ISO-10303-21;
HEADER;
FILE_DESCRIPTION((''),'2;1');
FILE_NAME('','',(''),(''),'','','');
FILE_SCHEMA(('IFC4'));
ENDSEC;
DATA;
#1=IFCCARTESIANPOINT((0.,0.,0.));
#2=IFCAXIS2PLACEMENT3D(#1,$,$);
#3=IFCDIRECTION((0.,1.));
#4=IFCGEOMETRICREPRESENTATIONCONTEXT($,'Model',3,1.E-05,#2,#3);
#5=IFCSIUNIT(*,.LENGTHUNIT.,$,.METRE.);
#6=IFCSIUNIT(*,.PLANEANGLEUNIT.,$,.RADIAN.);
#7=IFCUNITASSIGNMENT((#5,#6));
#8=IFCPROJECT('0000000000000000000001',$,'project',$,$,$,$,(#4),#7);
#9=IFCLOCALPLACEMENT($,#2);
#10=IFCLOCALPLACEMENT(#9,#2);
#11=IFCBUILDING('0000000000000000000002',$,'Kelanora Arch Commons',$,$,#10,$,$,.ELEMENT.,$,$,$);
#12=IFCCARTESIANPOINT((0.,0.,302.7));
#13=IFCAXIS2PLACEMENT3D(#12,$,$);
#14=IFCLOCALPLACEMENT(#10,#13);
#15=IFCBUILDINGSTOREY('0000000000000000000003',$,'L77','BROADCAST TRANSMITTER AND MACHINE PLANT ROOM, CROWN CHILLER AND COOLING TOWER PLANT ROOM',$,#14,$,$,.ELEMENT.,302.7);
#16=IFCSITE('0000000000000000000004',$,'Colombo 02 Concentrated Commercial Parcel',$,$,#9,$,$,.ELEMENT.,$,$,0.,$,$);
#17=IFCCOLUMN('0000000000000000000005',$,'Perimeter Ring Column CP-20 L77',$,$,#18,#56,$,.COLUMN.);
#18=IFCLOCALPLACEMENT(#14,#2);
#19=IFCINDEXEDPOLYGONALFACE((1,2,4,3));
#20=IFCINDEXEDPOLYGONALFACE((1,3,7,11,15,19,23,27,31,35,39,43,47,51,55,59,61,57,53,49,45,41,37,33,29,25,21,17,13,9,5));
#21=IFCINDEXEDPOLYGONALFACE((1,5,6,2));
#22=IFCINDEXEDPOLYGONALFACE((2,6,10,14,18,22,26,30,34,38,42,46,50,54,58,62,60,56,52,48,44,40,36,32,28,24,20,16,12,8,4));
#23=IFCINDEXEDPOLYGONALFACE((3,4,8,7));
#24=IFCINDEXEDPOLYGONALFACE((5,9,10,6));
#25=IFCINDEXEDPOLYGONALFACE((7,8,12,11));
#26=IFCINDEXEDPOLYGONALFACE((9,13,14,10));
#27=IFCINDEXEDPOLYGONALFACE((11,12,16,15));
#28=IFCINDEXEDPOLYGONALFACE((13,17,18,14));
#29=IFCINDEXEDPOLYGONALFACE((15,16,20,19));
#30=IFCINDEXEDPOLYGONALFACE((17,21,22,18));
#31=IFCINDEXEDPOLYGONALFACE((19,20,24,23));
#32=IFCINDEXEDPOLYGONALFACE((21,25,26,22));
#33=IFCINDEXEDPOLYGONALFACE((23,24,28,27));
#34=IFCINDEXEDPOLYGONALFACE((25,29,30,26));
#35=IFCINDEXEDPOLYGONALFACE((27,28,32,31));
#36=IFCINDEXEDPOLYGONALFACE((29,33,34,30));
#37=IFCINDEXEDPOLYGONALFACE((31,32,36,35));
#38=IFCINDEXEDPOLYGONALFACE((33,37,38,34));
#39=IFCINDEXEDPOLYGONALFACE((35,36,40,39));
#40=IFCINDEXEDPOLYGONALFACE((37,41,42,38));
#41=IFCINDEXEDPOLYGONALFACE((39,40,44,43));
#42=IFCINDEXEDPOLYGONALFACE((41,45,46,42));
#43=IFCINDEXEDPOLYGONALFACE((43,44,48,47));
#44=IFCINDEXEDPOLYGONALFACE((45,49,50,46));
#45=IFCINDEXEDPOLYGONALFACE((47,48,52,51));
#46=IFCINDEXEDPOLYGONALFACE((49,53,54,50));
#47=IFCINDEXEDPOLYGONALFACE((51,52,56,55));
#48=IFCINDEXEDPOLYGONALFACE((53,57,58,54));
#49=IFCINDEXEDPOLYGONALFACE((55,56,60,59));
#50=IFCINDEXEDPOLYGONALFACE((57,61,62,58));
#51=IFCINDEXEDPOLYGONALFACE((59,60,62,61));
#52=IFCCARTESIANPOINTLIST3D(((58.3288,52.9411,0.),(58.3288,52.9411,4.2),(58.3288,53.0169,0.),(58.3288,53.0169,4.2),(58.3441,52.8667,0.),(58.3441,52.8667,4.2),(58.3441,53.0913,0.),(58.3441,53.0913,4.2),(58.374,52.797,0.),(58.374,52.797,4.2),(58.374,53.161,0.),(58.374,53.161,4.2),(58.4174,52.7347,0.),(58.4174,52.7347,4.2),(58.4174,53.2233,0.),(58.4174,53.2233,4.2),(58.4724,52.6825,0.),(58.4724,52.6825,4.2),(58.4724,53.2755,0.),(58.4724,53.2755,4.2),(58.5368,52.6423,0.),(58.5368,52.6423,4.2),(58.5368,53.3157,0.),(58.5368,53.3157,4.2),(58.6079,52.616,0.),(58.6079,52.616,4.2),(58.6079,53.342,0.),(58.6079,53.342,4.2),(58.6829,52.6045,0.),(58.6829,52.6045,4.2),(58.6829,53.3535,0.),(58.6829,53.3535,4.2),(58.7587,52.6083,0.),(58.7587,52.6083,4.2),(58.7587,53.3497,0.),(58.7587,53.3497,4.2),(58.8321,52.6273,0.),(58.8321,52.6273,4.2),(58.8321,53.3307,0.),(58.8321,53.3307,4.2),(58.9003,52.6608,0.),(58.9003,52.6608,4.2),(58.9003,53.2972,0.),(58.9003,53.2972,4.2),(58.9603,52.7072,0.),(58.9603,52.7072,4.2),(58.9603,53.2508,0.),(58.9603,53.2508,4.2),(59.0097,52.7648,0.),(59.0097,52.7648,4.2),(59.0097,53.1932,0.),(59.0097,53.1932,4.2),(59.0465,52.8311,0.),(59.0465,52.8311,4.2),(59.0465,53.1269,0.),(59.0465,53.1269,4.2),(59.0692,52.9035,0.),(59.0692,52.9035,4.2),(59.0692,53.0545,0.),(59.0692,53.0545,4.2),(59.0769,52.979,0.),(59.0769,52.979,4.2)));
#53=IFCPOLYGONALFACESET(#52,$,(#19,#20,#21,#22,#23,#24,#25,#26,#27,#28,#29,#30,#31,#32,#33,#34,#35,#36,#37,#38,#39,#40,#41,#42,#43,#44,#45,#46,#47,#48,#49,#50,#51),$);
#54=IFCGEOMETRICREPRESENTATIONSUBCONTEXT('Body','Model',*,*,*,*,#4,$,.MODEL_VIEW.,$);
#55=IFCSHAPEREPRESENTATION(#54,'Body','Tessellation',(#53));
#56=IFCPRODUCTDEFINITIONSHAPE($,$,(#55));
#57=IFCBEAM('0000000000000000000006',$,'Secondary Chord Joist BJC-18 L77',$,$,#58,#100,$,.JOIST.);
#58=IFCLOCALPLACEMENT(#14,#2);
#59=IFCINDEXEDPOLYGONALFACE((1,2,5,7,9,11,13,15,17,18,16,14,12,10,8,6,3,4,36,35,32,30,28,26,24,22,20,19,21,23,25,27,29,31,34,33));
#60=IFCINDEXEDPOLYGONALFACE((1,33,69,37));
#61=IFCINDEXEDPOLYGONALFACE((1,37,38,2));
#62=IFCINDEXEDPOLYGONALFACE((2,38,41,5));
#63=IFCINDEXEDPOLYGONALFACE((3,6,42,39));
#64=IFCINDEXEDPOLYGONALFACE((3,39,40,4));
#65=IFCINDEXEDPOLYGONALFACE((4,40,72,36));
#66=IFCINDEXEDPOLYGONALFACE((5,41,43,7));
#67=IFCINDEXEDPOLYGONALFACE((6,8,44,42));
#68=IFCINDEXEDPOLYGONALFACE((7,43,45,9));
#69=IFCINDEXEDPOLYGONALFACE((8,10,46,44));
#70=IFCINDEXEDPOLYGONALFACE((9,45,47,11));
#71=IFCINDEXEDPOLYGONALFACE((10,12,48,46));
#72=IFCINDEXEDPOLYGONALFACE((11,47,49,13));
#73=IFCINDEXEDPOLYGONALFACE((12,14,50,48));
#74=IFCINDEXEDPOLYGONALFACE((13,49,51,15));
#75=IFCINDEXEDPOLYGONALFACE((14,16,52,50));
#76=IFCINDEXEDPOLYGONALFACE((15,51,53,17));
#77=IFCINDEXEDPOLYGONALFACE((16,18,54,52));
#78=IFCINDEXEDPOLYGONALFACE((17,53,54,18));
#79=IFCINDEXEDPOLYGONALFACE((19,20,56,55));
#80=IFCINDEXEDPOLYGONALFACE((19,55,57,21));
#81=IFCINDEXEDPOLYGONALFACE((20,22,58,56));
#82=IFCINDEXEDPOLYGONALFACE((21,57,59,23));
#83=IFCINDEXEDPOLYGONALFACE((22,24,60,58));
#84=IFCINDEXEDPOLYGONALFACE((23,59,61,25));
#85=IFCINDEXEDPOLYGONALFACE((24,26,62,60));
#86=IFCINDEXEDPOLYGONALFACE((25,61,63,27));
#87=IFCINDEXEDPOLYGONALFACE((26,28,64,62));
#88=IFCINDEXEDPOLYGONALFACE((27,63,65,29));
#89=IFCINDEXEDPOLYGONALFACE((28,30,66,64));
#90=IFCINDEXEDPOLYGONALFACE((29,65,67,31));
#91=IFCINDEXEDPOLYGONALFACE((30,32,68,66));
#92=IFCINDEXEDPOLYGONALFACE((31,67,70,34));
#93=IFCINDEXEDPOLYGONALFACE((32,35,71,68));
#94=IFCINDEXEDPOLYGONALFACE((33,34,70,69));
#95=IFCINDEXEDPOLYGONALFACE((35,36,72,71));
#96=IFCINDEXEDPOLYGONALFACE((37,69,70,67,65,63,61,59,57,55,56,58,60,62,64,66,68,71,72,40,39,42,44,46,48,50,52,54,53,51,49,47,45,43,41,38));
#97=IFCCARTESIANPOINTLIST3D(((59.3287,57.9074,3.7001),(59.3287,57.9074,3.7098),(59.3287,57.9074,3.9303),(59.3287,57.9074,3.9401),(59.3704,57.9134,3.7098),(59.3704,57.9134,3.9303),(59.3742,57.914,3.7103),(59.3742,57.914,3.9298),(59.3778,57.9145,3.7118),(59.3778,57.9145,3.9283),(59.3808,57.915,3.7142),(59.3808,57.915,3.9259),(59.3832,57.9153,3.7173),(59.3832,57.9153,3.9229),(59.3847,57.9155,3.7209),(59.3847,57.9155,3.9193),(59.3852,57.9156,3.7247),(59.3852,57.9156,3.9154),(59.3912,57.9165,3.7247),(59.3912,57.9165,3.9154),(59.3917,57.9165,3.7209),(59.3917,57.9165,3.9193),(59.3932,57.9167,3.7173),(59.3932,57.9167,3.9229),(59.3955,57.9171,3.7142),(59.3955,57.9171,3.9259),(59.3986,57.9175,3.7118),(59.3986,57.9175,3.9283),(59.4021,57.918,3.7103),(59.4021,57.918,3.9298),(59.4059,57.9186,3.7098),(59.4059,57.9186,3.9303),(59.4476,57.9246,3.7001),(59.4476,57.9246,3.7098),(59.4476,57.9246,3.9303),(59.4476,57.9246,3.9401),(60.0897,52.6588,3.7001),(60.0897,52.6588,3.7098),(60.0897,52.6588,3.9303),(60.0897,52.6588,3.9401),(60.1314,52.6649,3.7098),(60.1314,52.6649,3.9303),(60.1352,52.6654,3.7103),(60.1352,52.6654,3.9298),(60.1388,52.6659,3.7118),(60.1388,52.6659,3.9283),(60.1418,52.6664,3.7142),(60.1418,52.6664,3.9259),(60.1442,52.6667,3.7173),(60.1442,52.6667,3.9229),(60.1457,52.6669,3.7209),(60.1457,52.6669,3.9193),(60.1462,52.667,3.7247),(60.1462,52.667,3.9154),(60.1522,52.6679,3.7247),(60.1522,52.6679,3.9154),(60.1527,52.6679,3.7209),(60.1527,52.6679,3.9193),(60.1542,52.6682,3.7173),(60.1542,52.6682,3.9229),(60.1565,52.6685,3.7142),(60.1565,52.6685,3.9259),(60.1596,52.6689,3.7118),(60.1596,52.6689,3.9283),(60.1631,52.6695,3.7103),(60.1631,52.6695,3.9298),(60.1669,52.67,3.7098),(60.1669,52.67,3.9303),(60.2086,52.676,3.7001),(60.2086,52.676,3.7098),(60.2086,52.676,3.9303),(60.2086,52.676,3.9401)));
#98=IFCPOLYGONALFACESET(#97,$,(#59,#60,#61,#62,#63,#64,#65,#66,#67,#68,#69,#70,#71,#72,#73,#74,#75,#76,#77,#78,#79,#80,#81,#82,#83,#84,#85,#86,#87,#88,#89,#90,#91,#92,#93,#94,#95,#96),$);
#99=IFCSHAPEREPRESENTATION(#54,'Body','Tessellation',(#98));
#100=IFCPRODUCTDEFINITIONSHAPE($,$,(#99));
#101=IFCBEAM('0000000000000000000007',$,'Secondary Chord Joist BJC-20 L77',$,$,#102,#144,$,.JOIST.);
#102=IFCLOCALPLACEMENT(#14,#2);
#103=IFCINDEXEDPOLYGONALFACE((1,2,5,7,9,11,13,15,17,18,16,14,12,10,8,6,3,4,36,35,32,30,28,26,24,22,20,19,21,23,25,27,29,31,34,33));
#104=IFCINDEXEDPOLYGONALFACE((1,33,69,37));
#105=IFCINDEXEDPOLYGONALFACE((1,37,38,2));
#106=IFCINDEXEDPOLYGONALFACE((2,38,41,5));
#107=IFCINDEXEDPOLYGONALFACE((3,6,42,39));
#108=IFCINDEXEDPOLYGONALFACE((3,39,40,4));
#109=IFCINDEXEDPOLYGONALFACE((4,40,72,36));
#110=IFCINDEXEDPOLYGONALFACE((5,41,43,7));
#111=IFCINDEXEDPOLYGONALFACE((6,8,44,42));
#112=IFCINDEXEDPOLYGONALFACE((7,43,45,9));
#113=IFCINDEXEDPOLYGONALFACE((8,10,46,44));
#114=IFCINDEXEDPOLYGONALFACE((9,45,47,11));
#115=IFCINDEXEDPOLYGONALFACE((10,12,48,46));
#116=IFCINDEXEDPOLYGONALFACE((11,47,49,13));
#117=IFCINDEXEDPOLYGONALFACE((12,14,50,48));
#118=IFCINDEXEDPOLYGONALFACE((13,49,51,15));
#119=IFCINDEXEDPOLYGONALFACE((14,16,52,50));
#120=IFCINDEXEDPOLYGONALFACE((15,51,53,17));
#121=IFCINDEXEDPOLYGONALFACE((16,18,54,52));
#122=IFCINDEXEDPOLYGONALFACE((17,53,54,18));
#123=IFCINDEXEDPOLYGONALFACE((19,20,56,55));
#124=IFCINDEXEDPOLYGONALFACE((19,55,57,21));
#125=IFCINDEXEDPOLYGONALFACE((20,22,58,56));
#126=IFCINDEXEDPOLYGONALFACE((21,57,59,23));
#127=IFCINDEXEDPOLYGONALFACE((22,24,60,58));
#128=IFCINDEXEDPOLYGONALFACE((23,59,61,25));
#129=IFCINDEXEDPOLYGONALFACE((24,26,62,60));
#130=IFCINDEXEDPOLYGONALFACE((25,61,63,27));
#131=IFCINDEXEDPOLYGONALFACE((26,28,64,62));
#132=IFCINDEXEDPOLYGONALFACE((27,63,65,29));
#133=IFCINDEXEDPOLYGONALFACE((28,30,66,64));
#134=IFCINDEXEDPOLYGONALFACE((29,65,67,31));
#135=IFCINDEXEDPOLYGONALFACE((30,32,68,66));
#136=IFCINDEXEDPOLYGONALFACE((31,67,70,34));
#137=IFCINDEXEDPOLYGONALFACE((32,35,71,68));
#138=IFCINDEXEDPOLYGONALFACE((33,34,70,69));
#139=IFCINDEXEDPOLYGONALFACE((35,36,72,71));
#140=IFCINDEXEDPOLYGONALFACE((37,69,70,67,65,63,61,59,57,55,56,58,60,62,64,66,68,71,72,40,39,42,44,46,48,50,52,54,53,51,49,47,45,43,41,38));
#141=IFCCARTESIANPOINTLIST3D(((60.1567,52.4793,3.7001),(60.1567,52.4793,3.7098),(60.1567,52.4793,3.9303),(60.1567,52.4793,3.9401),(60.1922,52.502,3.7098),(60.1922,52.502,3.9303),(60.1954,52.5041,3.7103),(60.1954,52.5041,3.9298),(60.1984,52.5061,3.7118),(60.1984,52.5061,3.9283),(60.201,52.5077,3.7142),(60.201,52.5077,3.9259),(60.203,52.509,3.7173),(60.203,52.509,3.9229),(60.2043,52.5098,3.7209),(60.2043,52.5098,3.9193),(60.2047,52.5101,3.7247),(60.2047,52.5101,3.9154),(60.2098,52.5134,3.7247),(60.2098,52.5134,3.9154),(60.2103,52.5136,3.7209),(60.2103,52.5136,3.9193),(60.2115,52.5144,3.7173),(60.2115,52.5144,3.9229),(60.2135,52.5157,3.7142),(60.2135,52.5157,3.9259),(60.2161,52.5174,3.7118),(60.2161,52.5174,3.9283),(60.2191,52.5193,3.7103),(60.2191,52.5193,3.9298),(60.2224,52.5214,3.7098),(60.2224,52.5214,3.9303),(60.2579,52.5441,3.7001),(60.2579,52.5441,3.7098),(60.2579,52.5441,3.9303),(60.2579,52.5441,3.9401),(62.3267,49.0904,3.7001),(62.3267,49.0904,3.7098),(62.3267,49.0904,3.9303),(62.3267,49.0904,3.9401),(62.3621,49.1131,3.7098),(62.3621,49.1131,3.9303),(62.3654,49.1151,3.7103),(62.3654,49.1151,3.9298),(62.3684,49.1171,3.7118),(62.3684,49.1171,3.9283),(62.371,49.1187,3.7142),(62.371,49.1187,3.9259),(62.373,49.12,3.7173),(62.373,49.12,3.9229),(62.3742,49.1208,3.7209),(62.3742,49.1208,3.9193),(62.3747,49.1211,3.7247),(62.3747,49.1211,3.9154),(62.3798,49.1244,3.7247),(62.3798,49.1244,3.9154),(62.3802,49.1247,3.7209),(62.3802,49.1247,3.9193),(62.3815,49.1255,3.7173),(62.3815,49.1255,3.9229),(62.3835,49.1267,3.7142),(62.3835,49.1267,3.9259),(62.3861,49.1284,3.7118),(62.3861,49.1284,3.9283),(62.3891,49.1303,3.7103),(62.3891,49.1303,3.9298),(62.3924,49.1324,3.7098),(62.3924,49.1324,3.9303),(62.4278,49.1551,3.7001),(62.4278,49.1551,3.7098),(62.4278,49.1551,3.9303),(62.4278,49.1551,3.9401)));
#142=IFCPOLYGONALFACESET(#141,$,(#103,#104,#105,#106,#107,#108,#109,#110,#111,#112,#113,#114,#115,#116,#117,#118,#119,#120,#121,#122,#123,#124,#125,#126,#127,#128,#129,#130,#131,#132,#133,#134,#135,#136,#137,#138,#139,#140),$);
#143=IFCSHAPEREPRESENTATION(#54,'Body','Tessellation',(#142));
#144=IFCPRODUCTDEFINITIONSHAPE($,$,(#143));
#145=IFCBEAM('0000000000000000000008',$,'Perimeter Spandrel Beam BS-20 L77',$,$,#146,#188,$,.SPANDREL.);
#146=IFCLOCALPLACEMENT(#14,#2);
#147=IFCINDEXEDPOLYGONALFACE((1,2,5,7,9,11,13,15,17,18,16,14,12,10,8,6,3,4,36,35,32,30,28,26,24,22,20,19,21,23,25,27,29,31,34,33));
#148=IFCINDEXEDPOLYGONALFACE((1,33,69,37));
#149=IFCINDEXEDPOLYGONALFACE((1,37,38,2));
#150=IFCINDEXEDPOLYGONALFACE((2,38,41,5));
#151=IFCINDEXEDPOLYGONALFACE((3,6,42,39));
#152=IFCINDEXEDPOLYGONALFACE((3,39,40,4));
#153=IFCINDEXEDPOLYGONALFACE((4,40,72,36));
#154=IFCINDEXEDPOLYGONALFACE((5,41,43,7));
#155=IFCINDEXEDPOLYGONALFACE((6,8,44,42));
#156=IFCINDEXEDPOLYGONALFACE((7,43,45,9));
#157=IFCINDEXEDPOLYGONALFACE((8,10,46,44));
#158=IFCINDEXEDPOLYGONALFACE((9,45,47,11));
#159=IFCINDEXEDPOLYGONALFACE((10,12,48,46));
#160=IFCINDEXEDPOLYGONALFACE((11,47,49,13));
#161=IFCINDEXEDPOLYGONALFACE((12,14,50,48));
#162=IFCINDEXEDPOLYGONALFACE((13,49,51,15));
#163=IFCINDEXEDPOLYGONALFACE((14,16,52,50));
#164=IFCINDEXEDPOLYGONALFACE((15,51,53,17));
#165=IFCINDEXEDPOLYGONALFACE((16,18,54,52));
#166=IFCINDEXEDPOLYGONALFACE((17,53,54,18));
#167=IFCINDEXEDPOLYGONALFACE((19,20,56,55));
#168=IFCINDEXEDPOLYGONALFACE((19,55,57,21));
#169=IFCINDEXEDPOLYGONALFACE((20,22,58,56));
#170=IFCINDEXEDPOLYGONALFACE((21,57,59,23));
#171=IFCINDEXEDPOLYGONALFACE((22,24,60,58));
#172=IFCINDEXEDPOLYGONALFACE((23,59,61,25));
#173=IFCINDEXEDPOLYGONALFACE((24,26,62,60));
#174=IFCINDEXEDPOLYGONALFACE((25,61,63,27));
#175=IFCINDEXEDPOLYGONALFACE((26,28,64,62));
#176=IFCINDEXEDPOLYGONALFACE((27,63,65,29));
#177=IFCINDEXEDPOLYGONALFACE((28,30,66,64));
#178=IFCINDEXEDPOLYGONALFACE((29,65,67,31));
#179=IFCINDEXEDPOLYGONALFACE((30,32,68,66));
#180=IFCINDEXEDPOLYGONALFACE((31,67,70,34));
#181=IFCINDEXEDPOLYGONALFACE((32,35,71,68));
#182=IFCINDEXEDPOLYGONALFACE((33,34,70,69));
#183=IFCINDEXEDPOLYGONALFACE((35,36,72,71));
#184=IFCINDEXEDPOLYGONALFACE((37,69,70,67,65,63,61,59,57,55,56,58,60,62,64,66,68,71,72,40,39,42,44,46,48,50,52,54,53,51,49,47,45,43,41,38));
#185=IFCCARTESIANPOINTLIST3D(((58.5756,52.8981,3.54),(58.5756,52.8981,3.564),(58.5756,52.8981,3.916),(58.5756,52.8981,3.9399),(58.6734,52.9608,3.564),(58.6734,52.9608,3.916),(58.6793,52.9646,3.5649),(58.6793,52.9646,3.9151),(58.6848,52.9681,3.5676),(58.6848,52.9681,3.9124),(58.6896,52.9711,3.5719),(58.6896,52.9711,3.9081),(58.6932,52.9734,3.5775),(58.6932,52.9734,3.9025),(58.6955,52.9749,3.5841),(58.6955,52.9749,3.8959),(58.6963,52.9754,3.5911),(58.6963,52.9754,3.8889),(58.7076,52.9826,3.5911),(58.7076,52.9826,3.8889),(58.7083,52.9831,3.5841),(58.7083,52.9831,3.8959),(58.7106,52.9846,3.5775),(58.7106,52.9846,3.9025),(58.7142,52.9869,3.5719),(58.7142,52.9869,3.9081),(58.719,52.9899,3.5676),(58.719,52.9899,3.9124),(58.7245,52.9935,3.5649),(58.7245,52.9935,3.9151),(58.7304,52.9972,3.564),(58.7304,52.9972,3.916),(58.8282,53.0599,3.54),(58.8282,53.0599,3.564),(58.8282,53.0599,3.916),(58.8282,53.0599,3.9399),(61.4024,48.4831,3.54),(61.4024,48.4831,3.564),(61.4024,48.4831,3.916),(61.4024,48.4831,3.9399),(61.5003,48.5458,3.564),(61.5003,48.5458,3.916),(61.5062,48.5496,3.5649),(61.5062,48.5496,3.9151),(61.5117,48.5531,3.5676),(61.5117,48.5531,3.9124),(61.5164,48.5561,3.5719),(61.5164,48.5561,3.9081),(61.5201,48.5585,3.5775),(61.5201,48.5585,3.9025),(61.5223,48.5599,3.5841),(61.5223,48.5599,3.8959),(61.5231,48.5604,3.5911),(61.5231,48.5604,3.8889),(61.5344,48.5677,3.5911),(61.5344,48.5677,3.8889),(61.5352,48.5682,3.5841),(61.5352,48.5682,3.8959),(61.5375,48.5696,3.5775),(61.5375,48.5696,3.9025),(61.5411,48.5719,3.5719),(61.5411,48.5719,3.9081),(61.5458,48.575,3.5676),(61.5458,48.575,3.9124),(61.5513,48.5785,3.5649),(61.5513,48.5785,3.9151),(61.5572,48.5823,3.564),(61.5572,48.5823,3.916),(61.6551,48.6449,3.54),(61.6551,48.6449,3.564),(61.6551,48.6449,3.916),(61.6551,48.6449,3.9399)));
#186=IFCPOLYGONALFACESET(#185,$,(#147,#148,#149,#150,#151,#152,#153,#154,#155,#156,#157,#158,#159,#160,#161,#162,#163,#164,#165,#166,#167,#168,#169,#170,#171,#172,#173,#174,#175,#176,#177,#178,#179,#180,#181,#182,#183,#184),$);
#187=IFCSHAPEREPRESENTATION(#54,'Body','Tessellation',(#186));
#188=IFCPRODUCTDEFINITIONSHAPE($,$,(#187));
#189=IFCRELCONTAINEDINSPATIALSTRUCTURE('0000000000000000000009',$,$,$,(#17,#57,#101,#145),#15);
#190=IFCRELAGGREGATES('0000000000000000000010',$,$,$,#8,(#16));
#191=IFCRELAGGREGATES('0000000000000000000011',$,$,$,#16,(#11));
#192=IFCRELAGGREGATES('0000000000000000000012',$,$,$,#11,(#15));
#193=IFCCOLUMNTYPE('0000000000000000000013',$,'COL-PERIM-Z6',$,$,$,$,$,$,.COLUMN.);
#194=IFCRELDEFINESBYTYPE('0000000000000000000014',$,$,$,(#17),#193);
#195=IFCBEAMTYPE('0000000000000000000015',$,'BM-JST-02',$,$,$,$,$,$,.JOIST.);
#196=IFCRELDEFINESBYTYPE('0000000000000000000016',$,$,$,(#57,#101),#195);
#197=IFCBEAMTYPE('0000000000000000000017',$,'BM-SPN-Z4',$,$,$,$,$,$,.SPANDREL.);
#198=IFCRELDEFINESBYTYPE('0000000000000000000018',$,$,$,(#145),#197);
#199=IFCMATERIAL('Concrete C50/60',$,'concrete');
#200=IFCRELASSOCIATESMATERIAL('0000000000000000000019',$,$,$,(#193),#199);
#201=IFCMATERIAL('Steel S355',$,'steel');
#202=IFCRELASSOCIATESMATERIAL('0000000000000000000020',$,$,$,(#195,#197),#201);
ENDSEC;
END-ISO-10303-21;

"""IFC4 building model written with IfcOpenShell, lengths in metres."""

from ifc_helpers import new_model, si_unit, direction, frame, origin, origin_2d, place, context, subcontext, project, spatial, circle, i_section, extrude, material, material_profile, profile_set, type_object, element, save


model = new_model("IFC4")

# Units and contexts
model_context = context("Model", 3, precision=1e-05, world=origin(), true_north=direction((0.0, 1.0)))
body_context = subcontext(model_context, "Body", "Model", "MODEL_VIEW")
ifc_project = project(units=[si_unit("LENGTHUNIT", "METRE"), si_unit("PLANEANGLEUNIT", "RADIAN")], contexts=[model_context])

# Site, building, storey
site_placement = place(None, origin())
site = spatial("IfcSite", under=ifc_project, at=site_placement, Name="Colombo 02 Concentrated Commercial Parcel", CompositionType="ELEMENT", RefElevation=0.0)
building_placement = place(site_placement, origin())
building = spatial("IfcBuilding", under=site, at=building_placement, Name="Kelanora Arch Commons", CompositionType="ELEMENT")
storey_placement = place(building_placement, frame((0.0, 0.0, 302.7)))
storey = spatial("IfcBuildingStorey", under=building, at=storey_placement, Name="L77", Description="BROADCAST TRANSMITTER AND MACHINE PLANT ROOM, CROWN CHILLER AND COOLING TOWER PLANT ROOM", CompositionType="ELEMENT", Elevation=302.7)

# Column
ifc_material_1 = material(Name="Concrete C50/60", Category="concrete")
ifc_material_profile_1 = material_profile(ifc_material_1, circle(Radius=0.375, at=origin_2d()), Name="RCC750")
ifc_profile_set_1 = profile_set([ifc_material_profile_1], Name="Concrete C50/60")
column_type = type_object("IfcColumnType", Name="COL-PERIM-Z6", PredefinedType="COLUMN", material=ifc_profile_set_1)
column_placement = place(storey_placement, frame((58.7019, 52.979, 0.0), z_axis=(0.0, 0.0, 1.0), x_axis=(1.0, 0.0, 0.0)))
element("IfcColumn", 1, at=column_placement, inside=storey, type_object=column_type, Name="Perimeter Ring Column CP-20 L77", PredefinedType="COLUMN", context=body_context, shape_type="SweptSolid", body=[
    extrude(circle(Radius=0.375, at=origin_2d()), origin(), (0.0, 0.0, 1.0), 4.2),
])

# Beams
ifc_material_2 = material(Name="Steel S355", Category="steel")
ifc_material_profile_2 = material_profile(ifc_material_2, i_section(OverallWidth=0.1201, OverallDepth=0.24, WebThickness=0.0061, FlangeThickness=0.0098, FilletRadius=0.0149, at=origin_2d()), Name="IPE240")
ifc_profile_set_2 = profile_set([ifc_material_profile_2], Name="Steel S355")
beam_type_1 = type_object("IfcBeamType", Name="BM-JST-02", PredefinedType="JOIST", material=ifc_profile_set_2)
beam_1_placement = place(storey_placement, frame((59.3882, 57.916, 3.8201), z_axis=(0.14349, -0.989652, 0.0), x_axis=(0.989652, 0.14349, 0.0)))
element("IfcBeam", 2, at=beam_1_placement, inside=storey, type_object=beam_type_1, Name="Secondary Chord Joist BJC-18 L77", PredefinedType="JOIST", context=body_context, shape_type="SweptSolid", body=[
    extrude(i_section(OverallWidth=0.1201, OverallDepth=0.24, WebThickness=0.0061, FlangeThickness=0.0098, FilletRadius=0.0149, at=origin_2d()), origin(), (0.0, 0.0, 1.0), 5.3035),
])
beam_2_placement = place(storey_placement, frame((60.2073, 52.5117, 3.8201), z_axis=(0.539233, -0.842157, 0.0), x_axis=(0.842157, 0.539233, 0.0)))
element("IfcBeam", 3, at=beam_2_placement, inside=storey, type_object=beam_type_1, Name="Secondary Chord Joist BJC-20 L77", PredefinedType="JOIST", context=body_context, shape_type="SweptSolid", body=[
    extrude(i_section(OverallWidth=0.1201, OverallDepth=0.24, WebThickness=0.0061, FlangeThickness=0.0098, FilletRadius=0.0149, at=origin_2d()), origin(), (0.0, 0.0, 1.0), 4.0242),
])
ifc_material_profile_3 = material_profile(ifc_material_2, i_section(OverallWidth=0.3, OverallDepth=0.3999, WebThickness=0.0134, FlangeThickness=0.0239, FilletRadius=0.0271, at=origin_2d()), Name="HEB400")
ifc_profile_set_3 = profile_set([ifc_material_profile_3], Name="Steel S355")
beam_type_2 = type_object("IfcBeamType", Name="BM-SPN-Z4", PredefinedType="SPANDREL", material=ifc_profile_set_3)
beam_3_placement = place(storey_placement, frame((58.7019, 52.979, 3.74), z_axis=(0.539227, -0.842161, 0.0), x_axis=(0.842161, 0.539227, 0.0)))
element("IfcBeam", 4, at=beam_3_placement, inside=storey, type_object=beam_type_2, Name="Perimeter Spandrel Beam BS-20 L77", PredefinedType="SPANDREL", context=body_context, shape_type="SweptSolid", body=[
    extrude(i_section(OverallWidth=0.3, OverallDepth=0.3999, WebThickness=0.0134, FlangeThickness=0.0239, FilletRadius=0.0271, at=origin_2d()), origin(), (0.0, 0.0, 1.0), 5.2424),
])

save(model, "model.ifc")
